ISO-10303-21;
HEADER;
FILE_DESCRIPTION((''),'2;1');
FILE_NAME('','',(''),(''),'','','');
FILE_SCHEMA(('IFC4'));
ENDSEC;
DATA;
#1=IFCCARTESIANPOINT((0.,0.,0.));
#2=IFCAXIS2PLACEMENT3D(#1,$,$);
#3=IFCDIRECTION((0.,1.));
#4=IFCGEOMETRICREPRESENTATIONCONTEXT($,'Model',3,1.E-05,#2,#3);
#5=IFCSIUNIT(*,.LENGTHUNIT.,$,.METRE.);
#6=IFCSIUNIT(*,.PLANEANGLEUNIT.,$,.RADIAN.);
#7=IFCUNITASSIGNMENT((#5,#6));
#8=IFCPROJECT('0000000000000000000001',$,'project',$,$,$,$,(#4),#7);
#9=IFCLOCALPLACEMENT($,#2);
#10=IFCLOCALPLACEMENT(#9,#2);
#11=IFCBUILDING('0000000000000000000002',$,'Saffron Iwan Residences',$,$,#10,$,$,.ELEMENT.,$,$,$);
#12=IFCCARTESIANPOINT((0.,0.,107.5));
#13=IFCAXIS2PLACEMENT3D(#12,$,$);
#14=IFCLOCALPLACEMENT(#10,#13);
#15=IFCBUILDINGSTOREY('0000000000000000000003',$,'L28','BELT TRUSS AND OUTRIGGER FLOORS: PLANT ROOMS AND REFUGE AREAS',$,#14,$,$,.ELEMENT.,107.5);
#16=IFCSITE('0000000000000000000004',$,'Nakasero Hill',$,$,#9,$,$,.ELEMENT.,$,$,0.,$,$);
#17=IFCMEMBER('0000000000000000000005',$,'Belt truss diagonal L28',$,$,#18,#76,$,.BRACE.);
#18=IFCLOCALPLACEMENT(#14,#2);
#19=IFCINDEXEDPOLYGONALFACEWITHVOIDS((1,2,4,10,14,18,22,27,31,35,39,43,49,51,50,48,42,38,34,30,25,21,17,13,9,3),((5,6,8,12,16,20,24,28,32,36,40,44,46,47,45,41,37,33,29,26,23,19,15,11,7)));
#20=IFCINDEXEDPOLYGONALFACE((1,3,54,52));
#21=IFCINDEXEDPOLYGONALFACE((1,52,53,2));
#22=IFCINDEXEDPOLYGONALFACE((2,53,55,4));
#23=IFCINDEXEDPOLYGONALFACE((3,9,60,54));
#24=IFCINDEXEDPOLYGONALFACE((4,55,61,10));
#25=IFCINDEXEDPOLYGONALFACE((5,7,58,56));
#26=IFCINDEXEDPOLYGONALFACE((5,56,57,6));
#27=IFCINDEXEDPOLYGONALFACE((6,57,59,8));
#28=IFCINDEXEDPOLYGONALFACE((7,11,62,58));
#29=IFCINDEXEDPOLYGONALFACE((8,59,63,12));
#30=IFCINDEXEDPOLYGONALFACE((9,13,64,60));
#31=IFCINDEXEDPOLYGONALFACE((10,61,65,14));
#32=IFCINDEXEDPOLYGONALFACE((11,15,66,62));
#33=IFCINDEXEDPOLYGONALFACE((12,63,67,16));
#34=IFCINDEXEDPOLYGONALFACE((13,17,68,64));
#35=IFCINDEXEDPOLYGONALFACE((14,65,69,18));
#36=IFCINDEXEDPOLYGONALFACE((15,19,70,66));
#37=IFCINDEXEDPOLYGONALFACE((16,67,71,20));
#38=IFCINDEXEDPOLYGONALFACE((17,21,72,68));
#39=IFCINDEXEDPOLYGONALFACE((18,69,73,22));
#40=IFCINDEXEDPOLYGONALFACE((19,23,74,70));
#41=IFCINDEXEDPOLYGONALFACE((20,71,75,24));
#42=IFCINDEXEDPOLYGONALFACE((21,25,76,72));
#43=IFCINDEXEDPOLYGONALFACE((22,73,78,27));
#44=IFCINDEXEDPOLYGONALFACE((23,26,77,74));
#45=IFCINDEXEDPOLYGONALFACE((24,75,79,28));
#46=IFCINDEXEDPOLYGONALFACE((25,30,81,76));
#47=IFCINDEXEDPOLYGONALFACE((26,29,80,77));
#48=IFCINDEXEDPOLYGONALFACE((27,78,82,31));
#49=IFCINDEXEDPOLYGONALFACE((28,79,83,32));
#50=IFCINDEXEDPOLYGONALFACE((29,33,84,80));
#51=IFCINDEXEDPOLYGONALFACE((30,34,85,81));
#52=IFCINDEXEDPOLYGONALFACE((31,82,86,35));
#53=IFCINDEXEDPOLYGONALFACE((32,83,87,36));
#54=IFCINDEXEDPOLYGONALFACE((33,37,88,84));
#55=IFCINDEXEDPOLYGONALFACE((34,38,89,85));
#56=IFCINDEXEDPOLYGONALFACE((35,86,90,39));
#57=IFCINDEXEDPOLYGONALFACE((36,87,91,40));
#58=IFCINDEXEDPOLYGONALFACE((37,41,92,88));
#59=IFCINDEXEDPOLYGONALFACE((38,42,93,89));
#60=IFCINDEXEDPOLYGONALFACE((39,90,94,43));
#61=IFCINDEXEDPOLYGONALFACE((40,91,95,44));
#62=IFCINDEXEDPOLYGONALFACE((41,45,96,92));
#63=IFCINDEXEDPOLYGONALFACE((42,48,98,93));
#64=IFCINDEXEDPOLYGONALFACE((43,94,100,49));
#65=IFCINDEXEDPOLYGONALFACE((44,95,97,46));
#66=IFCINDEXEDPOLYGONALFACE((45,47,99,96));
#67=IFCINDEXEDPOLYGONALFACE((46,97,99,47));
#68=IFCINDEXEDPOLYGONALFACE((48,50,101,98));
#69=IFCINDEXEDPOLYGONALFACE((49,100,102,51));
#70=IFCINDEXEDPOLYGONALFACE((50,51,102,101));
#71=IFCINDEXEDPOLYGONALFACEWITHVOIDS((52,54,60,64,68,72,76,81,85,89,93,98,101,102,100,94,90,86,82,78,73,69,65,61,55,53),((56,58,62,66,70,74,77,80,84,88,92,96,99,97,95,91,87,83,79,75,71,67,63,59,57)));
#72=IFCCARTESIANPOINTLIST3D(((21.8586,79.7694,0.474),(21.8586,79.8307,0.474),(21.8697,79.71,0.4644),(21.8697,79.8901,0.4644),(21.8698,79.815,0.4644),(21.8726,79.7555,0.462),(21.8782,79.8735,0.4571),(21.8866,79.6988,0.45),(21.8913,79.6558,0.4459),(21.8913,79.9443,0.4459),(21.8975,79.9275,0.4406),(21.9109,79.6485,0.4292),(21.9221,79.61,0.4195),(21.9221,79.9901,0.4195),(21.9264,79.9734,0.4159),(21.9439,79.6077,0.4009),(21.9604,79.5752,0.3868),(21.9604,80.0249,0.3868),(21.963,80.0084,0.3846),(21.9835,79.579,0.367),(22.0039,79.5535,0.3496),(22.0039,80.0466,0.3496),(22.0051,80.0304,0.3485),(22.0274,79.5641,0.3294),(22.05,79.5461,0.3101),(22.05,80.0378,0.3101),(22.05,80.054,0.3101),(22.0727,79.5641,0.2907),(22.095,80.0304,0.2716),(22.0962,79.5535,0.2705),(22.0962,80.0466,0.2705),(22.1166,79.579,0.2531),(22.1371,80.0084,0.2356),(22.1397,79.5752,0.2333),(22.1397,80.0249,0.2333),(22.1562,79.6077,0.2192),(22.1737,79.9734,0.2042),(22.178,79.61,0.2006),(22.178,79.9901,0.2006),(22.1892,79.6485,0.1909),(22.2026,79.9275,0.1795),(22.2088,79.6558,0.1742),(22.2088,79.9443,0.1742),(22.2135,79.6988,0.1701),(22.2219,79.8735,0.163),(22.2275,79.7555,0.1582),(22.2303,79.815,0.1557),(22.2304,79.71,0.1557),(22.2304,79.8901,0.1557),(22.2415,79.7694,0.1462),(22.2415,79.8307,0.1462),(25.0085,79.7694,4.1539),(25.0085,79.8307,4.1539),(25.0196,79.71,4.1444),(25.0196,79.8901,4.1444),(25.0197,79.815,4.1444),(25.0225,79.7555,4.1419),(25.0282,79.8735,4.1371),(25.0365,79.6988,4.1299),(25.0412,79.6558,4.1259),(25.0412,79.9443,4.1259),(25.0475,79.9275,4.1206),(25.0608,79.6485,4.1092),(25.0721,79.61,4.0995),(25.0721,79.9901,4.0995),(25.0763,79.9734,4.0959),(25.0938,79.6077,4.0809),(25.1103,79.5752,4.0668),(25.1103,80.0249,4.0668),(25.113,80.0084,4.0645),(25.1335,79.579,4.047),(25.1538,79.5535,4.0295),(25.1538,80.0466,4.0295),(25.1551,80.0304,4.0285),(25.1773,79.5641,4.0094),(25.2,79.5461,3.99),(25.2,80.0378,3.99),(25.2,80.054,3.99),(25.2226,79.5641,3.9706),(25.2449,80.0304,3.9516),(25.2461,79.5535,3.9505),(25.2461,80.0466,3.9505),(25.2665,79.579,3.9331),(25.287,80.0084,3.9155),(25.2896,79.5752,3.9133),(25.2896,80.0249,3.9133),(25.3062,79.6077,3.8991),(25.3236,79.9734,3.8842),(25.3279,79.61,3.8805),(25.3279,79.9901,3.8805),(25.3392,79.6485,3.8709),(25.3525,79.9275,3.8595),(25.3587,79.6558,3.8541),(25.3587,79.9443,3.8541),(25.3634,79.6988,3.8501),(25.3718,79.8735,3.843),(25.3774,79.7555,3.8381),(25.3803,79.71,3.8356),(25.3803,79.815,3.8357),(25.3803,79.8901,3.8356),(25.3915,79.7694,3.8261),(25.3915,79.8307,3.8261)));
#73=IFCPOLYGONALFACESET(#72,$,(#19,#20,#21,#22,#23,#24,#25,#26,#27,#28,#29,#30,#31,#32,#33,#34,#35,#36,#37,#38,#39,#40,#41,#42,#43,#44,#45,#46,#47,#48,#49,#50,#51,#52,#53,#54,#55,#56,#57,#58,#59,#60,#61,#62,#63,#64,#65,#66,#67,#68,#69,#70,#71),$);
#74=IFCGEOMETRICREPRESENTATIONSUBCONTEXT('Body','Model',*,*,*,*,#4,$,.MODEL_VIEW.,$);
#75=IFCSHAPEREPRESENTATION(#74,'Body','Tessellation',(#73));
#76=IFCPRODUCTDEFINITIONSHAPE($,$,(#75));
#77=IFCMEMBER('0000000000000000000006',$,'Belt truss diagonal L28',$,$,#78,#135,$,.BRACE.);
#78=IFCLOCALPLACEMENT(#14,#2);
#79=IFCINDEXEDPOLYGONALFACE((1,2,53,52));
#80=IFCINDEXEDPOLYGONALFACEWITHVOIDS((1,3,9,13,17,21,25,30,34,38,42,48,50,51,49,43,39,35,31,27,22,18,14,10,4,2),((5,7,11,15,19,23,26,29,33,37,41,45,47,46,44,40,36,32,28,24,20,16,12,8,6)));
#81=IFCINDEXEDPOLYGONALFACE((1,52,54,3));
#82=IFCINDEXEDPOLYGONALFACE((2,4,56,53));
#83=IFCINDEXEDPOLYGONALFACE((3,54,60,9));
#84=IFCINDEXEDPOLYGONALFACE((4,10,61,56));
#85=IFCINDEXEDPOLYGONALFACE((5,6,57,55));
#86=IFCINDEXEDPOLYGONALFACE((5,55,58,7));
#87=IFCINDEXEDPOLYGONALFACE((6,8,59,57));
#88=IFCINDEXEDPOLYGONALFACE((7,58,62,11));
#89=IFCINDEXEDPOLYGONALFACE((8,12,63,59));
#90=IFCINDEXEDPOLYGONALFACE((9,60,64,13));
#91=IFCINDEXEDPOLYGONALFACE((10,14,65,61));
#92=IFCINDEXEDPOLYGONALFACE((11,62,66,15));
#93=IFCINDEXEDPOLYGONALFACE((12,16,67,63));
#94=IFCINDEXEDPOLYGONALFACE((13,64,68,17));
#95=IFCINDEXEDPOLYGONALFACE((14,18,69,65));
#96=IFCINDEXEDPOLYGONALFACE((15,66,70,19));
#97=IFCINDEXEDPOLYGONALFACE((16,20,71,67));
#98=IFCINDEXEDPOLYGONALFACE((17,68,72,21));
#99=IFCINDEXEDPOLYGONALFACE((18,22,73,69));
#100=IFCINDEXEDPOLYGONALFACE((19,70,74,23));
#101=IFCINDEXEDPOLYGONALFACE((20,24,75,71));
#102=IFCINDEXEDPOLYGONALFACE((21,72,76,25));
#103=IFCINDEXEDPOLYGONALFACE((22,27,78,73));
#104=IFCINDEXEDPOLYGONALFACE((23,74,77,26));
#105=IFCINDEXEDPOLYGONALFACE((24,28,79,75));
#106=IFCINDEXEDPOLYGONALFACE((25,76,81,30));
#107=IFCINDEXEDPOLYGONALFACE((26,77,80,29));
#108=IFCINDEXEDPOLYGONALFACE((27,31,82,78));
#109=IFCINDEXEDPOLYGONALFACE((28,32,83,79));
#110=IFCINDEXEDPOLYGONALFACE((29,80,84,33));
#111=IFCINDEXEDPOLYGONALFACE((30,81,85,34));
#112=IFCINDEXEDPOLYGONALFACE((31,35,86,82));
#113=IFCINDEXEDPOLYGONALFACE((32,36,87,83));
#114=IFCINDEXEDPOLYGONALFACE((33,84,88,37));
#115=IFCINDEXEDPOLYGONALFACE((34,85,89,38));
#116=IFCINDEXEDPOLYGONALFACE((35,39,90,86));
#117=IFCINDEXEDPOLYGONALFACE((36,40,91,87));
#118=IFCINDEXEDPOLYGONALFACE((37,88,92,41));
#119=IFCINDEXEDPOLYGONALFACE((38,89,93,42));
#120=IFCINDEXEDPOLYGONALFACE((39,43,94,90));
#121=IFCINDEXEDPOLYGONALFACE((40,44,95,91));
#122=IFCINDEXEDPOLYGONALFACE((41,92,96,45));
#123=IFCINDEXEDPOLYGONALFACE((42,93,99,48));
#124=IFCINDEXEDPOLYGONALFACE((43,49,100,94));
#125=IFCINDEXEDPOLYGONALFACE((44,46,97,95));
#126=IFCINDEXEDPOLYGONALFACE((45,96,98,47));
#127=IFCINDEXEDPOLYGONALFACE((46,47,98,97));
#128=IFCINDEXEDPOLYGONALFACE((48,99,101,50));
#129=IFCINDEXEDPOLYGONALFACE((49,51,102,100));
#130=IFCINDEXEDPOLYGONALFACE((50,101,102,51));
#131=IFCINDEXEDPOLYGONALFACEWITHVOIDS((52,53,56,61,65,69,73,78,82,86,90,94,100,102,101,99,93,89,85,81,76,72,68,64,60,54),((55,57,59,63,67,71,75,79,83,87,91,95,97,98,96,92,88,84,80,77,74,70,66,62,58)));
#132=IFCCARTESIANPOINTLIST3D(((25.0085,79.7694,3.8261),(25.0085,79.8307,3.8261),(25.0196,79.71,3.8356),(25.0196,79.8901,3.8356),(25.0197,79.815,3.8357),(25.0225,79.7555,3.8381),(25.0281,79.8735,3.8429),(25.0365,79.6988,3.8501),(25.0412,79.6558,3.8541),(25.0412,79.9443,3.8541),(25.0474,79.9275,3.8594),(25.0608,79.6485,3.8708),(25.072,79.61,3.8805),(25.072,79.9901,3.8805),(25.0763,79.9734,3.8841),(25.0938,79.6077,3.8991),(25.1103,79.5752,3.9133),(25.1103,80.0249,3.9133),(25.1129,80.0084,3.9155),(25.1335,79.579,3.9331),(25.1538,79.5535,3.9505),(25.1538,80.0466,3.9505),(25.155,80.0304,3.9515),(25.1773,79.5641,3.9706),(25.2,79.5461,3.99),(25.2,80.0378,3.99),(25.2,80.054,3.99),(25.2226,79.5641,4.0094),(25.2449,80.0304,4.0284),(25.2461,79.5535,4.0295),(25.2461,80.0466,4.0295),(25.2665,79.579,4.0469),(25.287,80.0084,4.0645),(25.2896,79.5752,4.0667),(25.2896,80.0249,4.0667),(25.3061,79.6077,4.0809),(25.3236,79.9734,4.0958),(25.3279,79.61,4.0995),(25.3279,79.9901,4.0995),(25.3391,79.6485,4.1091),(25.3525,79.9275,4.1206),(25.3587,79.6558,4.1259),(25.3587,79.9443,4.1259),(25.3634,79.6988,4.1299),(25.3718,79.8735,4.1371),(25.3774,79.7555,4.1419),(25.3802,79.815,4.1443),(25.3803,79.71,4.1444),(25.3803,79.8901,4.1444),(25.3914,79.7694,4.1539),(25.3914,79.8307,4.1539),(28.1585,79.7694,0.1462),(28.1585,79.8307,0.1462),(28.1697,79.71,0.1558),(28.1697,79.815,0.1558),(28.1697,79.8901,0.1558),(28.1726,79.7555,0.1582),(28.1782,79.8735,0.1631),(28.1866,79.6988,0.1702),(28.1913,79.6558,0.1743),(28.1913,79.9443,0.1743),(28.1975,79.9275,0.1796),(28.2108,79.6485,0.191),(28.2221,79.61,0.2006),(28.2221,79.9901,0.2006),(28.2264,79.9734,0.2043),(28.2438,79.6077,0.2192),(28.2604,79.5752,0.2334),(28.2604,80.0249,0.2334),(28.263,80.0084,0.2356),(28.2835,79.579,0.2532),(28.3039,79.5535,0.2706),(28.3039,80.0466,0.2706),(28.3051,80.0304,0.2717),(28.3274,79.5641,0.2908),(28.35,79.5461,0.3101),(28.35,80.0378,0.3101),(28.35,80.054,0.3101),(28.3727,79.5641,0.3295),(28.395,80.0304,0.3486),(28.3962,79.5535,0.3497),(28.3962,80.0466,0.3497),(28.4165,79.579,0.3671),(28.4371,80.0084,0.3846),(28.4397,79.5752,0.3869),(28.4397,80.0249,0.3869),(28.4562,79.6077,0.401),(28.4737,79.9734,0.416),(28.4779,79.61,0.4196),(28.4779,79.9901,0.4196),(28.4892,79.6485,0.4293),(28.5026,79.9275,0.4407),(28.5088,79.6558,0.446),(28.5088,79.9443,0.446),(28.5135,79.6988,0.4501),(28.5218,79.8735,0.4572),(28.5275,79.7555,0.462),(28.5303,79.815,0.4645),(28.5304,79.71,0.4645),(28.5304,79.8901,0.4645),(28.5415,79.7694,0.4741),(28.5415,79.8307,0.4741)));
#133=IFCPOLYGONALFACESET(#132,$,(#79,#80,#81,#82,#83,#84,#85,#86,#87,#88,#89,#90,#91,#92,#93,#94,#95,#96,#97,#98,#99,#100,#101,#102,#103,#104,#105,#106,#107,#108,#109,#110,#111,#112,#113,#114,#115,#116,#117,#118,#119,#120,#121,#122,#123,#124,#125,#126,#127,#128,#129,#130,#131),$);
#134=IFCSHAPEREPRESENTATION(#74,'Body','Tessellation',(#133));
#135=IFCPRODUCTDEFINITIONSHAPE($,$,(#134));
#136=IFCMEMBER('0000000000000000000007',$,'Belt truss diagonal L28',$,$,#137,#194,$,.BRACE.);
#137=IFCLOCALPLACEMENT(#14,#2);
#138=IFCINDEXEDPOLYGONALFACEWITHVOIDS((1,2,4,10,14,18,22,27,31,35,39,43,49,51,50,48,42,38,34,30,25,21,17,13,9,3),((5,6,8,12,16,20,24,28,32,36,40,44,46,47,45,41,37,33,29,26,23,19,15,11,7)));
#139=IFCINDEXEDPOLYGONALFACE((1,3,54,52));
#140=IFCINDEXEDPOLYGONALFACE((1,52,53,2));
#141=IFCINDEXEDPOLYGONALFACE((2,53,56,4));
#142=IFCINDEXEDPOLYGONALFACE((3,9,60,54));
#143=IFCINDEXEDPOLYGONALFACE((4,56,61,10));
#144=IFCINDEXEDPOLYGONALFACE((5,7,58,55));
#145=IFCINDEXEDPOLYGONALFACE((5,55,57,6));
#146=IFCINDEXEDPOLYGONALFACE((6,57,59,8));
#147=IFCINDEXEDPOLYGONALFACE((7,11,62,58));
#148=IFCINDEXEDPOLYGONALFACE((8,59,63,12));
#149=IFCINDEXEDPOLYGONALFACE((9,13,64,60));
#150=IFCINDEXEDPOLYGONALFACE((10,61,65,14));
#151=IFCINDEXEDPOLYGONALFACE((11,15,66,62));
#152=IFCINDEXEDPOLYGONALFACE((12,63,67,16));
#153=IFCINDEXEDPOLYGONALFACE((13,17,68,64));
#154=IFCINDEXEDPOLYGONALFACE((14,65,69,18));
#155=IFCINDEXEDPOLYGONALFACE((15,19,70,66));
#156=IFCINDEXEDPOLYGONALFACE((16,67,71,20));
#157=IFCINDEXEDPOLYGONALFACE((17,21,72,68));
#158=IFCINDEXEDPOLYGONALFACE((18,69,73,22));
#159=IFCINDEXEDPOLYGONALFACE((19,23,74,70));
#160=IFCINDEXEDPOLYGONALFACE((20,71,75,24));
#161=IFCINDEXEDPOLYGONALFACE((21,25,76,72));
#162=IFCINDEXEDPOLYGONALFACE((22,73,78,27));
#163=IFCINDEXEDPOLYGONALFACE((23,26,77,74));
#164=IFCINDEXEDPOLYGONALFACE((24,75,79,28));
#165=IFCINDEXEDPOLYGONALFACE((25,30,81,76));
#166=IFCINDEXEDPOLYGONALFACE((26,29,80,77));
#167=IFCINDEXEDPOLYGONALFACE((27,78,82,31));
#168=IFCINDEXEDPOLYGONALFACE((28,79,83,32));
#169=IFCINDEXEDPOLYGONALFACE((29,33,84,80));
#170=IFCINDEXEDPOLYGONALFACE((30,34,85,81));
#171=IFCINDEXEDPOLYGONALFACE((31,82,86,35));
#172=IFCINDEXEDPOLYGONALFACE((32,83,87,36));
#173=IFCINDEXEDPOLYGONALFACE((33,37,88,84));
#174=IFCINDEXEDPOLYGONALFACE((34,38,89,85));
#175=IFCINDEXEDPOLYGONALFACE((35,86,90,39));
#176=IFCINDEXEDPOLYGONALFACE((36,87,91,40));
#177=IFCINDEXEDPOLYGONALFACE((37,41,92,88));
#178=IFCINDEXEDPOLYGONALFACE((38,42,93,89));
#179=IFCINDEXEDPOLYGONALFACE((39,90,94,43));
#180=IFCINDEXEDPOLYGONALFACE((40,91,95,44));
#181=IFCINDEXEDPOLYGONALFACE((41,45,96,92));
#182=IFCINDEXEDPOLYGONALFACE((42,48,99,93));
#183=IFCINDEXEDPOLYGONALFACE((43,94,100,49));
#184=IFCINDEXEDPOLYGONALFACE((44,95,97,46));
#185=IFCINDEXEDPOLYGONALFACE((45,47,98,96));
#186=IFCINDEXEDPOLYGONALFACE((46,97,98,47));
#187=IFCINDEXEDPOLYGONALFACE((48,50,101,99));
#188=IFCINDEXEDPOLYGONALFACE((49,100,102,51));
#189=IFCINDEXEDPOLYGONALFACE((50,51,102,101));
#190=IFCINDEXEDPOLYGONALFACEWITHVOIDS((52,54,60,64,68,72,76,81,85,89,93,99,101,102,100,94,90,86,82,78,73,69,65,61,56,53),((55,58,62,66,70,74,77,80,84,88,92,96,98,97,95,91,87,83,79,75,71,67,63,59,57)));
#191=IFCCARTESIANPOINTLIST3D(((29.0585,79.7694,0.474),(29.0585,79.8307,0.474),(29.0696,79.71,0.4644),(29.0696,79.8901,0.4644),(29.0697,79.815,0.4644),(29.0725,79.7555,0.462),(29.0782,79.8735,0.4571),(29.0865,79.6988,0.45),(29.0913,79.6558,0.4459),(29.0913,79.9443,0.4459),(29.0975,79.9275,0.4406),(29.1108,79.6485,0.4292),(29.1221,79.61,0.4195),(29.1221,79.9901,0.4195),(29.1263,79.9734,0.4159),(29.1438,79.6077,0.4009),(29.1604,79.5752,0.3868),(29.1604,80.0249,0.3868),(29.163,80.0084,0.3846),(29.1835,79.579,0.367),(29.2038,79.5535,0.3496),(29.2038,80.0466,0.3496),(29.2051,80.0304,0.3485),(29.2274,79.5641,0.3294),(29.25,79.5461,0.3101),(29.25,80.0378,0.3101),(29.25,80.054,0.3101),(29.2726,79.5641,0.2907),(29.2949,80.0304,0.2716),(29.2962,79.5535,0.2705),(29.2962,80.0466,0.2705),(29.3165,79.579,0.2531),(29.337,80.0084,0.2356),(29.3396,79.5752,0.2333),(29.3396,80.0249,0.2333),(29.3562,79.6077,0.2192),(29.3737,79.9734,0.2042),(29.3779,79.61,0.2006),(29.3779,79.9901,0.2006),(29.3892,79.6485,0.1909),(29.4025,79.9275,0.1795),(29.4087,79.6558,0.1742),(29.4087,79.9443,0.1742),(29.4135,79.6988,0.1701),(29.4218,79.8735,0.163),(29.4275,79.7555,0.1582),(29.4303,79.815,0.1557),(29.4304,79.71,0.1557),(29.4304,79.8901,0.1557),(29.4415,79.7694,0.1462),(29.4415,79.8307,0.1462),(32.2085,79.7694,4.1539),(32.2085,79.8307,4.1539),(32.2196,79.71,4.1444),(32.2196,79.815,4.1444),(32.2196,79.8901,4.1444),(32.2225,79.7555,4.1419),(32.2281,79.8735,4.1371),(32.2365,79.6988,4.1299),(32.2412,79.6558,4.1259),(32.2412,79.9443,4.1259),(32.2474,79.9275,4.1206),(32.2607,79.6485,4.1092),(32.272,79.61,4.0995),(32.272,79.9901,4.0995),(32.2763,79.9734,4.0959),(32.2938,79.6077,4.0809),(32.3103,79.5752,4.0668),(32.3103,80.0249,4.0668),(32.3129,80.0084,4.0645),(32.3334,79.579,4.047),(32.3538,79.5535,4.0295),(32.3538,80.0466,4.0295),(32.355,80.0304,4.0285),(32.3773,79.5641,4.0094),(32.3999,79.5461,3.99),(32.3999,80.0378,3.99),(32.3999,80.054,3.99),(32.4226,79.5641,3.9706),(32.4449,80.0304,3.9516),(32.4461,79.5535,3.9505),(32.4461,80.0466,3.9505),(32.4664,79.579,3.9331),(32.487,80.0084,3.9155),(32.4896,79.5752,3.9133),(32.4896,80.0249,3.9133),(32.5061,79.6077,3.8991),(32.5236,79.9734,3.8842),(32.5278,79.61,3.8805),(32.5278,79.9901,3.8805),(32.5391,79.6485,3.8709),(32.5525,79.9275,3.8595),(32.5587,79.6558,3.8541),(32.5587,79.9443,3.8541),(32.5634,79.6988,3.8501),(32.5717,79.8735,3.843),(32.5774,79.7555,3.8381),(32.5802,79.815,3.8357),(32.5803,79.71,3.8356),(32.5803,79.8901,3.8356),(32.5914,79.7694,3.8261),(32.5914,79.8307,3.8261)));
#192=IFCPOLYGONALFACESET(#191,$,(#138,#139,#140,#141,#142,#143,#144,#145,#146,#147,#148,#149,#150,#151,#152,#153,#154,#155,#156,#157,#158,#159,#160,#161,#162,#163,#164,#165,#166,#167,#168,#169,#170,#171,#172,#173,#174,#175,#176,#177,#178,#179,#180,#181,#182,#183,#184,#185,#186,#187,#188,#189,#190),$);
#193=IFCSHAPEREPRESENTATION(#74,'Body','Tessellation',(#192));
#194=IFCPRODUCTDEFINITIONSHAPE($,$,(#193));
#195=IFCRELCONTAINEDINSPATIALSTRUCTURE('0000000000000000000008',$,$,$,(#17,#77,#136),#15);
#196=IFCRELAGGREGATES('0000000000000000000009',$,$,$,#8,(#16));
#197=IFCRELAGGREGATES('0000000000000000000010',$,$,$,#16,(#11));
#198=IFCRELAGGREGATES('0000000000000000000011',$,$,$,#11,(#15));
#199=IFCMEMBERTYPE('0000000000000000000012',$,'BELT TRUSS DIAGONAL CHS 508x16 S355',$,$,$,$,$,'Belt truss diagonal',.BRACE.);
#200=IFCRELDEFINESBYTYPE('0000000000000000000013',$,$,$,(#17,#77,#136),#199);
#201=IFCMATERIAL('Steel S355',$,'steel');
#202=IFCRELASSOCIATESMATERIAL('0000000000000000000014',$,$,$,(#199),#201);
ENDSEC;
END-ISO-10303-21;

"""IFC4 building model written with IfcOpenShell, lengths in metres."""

from ifc_helpers import new_model, si_unit, direction, frame, origin, origin_2d, place, context, subcontext, project, spatial, hollow_circle, extrude, source, transform, mapped, material, material_profile, profile_set, type_object, element, save


model = new_model("IFC4")

# Units and contexts
model_context = context("Model", 3, precision=1e-05, world=origin(), true_north=direction((0.0, 1.0)))
body_context = subcontext(model_context, "Body", "Model", "MODEL_VIEW")
ifc_project = project(units=[si_unit("LENGTHUNIT", "METRE"), si_unit("PLANEANGLEUNIT", "RADIAN")], contexts=[model_context])

# Site, building, storey
site_placement = place(None, origin())
site = spatial("IfcSite", under=ifc_project, at=site_placement, Name="Nakasero Hill", CompositionType="ELEMENT", RefElevation=0.0)
building_placement = place(site_placement, origin())
building = spatial("IfcBuilding", under=site, at=building_placement, Name="Saffron Iwan Residences", CompositionType="ELEMENT")
storey_placement = place(building_placement, frame((0.0, 0.0, 107.5)))
storey = spatial("IfcBuildingStorey", under=building, at=storey_placement, Name="L28", Description="BELT TRUSS AND OUTRIGGER FLOORS: PLANT ROOMS AND REFUGE AREAS", CompositionType="ELEMENT", Elevation=107.5)

# Members
ifc_material_1 = material(Name="Steel S355", Category="steel")
ifc_material_profile_1 = material_profile(ifc_material_1, hollow_circle(Radius=0.2539, WallThickness=0.0161, at=origin_2d()), Name="CHS 508x16")
ifc_profile_set_1 = profile_set([ifc_material_profile_1], Name="Steel S355")
member_type_1 = type_object("IfcMemberType", Name="BELT TRUSS DIAGONAL CHS 508x16 S355", ElementType="Belt truss diagonal", PredefinedType="BRACE", material=ifc_profile_set_1)
shared_shape_1 = source(origin(), body_context, "Body", "SweptSolid", [
    extrude(hollow_circle(Radius=0.2539, WallThickness=0.0161, at=origin_2d()), origin(), (0.0, 0.0, 1.0), 4.844),
])
for number, where, z_axis, x_axis, name in (
    (1, (22.05, 79.8, 0.3101), (0.650277, 0.0, 0.759698), (0.0, 1.0, 0.0), "Belt truss diagonal L28"),
    (2, (25.2, 79.8, 3.99), (0.650306, 0.0, -0.759673), (0.0, 1.0, 0.0), "Belt truss diagonal L28"),
    (3, (29.25, 79.8, 0.3101), (0.650277, 0.0, 0.759698), (0.0, 1.0, 0.0), "Belt truss diagonal L28"),
):
    element("IfcMember", number, at=place(storey_placement, frame(where, z_axis=z_axis, x_axis=x_axis)), inside=storey, type_object=member_type_1, Name=name, PredefinedType="BRACE", context=body_context, shape_type="MappedRepresentation", body=[
        mapped(shared_shape_1, transform((0.0, 0.0, 0.0))),
    ])

save(model, "model.ifc")
